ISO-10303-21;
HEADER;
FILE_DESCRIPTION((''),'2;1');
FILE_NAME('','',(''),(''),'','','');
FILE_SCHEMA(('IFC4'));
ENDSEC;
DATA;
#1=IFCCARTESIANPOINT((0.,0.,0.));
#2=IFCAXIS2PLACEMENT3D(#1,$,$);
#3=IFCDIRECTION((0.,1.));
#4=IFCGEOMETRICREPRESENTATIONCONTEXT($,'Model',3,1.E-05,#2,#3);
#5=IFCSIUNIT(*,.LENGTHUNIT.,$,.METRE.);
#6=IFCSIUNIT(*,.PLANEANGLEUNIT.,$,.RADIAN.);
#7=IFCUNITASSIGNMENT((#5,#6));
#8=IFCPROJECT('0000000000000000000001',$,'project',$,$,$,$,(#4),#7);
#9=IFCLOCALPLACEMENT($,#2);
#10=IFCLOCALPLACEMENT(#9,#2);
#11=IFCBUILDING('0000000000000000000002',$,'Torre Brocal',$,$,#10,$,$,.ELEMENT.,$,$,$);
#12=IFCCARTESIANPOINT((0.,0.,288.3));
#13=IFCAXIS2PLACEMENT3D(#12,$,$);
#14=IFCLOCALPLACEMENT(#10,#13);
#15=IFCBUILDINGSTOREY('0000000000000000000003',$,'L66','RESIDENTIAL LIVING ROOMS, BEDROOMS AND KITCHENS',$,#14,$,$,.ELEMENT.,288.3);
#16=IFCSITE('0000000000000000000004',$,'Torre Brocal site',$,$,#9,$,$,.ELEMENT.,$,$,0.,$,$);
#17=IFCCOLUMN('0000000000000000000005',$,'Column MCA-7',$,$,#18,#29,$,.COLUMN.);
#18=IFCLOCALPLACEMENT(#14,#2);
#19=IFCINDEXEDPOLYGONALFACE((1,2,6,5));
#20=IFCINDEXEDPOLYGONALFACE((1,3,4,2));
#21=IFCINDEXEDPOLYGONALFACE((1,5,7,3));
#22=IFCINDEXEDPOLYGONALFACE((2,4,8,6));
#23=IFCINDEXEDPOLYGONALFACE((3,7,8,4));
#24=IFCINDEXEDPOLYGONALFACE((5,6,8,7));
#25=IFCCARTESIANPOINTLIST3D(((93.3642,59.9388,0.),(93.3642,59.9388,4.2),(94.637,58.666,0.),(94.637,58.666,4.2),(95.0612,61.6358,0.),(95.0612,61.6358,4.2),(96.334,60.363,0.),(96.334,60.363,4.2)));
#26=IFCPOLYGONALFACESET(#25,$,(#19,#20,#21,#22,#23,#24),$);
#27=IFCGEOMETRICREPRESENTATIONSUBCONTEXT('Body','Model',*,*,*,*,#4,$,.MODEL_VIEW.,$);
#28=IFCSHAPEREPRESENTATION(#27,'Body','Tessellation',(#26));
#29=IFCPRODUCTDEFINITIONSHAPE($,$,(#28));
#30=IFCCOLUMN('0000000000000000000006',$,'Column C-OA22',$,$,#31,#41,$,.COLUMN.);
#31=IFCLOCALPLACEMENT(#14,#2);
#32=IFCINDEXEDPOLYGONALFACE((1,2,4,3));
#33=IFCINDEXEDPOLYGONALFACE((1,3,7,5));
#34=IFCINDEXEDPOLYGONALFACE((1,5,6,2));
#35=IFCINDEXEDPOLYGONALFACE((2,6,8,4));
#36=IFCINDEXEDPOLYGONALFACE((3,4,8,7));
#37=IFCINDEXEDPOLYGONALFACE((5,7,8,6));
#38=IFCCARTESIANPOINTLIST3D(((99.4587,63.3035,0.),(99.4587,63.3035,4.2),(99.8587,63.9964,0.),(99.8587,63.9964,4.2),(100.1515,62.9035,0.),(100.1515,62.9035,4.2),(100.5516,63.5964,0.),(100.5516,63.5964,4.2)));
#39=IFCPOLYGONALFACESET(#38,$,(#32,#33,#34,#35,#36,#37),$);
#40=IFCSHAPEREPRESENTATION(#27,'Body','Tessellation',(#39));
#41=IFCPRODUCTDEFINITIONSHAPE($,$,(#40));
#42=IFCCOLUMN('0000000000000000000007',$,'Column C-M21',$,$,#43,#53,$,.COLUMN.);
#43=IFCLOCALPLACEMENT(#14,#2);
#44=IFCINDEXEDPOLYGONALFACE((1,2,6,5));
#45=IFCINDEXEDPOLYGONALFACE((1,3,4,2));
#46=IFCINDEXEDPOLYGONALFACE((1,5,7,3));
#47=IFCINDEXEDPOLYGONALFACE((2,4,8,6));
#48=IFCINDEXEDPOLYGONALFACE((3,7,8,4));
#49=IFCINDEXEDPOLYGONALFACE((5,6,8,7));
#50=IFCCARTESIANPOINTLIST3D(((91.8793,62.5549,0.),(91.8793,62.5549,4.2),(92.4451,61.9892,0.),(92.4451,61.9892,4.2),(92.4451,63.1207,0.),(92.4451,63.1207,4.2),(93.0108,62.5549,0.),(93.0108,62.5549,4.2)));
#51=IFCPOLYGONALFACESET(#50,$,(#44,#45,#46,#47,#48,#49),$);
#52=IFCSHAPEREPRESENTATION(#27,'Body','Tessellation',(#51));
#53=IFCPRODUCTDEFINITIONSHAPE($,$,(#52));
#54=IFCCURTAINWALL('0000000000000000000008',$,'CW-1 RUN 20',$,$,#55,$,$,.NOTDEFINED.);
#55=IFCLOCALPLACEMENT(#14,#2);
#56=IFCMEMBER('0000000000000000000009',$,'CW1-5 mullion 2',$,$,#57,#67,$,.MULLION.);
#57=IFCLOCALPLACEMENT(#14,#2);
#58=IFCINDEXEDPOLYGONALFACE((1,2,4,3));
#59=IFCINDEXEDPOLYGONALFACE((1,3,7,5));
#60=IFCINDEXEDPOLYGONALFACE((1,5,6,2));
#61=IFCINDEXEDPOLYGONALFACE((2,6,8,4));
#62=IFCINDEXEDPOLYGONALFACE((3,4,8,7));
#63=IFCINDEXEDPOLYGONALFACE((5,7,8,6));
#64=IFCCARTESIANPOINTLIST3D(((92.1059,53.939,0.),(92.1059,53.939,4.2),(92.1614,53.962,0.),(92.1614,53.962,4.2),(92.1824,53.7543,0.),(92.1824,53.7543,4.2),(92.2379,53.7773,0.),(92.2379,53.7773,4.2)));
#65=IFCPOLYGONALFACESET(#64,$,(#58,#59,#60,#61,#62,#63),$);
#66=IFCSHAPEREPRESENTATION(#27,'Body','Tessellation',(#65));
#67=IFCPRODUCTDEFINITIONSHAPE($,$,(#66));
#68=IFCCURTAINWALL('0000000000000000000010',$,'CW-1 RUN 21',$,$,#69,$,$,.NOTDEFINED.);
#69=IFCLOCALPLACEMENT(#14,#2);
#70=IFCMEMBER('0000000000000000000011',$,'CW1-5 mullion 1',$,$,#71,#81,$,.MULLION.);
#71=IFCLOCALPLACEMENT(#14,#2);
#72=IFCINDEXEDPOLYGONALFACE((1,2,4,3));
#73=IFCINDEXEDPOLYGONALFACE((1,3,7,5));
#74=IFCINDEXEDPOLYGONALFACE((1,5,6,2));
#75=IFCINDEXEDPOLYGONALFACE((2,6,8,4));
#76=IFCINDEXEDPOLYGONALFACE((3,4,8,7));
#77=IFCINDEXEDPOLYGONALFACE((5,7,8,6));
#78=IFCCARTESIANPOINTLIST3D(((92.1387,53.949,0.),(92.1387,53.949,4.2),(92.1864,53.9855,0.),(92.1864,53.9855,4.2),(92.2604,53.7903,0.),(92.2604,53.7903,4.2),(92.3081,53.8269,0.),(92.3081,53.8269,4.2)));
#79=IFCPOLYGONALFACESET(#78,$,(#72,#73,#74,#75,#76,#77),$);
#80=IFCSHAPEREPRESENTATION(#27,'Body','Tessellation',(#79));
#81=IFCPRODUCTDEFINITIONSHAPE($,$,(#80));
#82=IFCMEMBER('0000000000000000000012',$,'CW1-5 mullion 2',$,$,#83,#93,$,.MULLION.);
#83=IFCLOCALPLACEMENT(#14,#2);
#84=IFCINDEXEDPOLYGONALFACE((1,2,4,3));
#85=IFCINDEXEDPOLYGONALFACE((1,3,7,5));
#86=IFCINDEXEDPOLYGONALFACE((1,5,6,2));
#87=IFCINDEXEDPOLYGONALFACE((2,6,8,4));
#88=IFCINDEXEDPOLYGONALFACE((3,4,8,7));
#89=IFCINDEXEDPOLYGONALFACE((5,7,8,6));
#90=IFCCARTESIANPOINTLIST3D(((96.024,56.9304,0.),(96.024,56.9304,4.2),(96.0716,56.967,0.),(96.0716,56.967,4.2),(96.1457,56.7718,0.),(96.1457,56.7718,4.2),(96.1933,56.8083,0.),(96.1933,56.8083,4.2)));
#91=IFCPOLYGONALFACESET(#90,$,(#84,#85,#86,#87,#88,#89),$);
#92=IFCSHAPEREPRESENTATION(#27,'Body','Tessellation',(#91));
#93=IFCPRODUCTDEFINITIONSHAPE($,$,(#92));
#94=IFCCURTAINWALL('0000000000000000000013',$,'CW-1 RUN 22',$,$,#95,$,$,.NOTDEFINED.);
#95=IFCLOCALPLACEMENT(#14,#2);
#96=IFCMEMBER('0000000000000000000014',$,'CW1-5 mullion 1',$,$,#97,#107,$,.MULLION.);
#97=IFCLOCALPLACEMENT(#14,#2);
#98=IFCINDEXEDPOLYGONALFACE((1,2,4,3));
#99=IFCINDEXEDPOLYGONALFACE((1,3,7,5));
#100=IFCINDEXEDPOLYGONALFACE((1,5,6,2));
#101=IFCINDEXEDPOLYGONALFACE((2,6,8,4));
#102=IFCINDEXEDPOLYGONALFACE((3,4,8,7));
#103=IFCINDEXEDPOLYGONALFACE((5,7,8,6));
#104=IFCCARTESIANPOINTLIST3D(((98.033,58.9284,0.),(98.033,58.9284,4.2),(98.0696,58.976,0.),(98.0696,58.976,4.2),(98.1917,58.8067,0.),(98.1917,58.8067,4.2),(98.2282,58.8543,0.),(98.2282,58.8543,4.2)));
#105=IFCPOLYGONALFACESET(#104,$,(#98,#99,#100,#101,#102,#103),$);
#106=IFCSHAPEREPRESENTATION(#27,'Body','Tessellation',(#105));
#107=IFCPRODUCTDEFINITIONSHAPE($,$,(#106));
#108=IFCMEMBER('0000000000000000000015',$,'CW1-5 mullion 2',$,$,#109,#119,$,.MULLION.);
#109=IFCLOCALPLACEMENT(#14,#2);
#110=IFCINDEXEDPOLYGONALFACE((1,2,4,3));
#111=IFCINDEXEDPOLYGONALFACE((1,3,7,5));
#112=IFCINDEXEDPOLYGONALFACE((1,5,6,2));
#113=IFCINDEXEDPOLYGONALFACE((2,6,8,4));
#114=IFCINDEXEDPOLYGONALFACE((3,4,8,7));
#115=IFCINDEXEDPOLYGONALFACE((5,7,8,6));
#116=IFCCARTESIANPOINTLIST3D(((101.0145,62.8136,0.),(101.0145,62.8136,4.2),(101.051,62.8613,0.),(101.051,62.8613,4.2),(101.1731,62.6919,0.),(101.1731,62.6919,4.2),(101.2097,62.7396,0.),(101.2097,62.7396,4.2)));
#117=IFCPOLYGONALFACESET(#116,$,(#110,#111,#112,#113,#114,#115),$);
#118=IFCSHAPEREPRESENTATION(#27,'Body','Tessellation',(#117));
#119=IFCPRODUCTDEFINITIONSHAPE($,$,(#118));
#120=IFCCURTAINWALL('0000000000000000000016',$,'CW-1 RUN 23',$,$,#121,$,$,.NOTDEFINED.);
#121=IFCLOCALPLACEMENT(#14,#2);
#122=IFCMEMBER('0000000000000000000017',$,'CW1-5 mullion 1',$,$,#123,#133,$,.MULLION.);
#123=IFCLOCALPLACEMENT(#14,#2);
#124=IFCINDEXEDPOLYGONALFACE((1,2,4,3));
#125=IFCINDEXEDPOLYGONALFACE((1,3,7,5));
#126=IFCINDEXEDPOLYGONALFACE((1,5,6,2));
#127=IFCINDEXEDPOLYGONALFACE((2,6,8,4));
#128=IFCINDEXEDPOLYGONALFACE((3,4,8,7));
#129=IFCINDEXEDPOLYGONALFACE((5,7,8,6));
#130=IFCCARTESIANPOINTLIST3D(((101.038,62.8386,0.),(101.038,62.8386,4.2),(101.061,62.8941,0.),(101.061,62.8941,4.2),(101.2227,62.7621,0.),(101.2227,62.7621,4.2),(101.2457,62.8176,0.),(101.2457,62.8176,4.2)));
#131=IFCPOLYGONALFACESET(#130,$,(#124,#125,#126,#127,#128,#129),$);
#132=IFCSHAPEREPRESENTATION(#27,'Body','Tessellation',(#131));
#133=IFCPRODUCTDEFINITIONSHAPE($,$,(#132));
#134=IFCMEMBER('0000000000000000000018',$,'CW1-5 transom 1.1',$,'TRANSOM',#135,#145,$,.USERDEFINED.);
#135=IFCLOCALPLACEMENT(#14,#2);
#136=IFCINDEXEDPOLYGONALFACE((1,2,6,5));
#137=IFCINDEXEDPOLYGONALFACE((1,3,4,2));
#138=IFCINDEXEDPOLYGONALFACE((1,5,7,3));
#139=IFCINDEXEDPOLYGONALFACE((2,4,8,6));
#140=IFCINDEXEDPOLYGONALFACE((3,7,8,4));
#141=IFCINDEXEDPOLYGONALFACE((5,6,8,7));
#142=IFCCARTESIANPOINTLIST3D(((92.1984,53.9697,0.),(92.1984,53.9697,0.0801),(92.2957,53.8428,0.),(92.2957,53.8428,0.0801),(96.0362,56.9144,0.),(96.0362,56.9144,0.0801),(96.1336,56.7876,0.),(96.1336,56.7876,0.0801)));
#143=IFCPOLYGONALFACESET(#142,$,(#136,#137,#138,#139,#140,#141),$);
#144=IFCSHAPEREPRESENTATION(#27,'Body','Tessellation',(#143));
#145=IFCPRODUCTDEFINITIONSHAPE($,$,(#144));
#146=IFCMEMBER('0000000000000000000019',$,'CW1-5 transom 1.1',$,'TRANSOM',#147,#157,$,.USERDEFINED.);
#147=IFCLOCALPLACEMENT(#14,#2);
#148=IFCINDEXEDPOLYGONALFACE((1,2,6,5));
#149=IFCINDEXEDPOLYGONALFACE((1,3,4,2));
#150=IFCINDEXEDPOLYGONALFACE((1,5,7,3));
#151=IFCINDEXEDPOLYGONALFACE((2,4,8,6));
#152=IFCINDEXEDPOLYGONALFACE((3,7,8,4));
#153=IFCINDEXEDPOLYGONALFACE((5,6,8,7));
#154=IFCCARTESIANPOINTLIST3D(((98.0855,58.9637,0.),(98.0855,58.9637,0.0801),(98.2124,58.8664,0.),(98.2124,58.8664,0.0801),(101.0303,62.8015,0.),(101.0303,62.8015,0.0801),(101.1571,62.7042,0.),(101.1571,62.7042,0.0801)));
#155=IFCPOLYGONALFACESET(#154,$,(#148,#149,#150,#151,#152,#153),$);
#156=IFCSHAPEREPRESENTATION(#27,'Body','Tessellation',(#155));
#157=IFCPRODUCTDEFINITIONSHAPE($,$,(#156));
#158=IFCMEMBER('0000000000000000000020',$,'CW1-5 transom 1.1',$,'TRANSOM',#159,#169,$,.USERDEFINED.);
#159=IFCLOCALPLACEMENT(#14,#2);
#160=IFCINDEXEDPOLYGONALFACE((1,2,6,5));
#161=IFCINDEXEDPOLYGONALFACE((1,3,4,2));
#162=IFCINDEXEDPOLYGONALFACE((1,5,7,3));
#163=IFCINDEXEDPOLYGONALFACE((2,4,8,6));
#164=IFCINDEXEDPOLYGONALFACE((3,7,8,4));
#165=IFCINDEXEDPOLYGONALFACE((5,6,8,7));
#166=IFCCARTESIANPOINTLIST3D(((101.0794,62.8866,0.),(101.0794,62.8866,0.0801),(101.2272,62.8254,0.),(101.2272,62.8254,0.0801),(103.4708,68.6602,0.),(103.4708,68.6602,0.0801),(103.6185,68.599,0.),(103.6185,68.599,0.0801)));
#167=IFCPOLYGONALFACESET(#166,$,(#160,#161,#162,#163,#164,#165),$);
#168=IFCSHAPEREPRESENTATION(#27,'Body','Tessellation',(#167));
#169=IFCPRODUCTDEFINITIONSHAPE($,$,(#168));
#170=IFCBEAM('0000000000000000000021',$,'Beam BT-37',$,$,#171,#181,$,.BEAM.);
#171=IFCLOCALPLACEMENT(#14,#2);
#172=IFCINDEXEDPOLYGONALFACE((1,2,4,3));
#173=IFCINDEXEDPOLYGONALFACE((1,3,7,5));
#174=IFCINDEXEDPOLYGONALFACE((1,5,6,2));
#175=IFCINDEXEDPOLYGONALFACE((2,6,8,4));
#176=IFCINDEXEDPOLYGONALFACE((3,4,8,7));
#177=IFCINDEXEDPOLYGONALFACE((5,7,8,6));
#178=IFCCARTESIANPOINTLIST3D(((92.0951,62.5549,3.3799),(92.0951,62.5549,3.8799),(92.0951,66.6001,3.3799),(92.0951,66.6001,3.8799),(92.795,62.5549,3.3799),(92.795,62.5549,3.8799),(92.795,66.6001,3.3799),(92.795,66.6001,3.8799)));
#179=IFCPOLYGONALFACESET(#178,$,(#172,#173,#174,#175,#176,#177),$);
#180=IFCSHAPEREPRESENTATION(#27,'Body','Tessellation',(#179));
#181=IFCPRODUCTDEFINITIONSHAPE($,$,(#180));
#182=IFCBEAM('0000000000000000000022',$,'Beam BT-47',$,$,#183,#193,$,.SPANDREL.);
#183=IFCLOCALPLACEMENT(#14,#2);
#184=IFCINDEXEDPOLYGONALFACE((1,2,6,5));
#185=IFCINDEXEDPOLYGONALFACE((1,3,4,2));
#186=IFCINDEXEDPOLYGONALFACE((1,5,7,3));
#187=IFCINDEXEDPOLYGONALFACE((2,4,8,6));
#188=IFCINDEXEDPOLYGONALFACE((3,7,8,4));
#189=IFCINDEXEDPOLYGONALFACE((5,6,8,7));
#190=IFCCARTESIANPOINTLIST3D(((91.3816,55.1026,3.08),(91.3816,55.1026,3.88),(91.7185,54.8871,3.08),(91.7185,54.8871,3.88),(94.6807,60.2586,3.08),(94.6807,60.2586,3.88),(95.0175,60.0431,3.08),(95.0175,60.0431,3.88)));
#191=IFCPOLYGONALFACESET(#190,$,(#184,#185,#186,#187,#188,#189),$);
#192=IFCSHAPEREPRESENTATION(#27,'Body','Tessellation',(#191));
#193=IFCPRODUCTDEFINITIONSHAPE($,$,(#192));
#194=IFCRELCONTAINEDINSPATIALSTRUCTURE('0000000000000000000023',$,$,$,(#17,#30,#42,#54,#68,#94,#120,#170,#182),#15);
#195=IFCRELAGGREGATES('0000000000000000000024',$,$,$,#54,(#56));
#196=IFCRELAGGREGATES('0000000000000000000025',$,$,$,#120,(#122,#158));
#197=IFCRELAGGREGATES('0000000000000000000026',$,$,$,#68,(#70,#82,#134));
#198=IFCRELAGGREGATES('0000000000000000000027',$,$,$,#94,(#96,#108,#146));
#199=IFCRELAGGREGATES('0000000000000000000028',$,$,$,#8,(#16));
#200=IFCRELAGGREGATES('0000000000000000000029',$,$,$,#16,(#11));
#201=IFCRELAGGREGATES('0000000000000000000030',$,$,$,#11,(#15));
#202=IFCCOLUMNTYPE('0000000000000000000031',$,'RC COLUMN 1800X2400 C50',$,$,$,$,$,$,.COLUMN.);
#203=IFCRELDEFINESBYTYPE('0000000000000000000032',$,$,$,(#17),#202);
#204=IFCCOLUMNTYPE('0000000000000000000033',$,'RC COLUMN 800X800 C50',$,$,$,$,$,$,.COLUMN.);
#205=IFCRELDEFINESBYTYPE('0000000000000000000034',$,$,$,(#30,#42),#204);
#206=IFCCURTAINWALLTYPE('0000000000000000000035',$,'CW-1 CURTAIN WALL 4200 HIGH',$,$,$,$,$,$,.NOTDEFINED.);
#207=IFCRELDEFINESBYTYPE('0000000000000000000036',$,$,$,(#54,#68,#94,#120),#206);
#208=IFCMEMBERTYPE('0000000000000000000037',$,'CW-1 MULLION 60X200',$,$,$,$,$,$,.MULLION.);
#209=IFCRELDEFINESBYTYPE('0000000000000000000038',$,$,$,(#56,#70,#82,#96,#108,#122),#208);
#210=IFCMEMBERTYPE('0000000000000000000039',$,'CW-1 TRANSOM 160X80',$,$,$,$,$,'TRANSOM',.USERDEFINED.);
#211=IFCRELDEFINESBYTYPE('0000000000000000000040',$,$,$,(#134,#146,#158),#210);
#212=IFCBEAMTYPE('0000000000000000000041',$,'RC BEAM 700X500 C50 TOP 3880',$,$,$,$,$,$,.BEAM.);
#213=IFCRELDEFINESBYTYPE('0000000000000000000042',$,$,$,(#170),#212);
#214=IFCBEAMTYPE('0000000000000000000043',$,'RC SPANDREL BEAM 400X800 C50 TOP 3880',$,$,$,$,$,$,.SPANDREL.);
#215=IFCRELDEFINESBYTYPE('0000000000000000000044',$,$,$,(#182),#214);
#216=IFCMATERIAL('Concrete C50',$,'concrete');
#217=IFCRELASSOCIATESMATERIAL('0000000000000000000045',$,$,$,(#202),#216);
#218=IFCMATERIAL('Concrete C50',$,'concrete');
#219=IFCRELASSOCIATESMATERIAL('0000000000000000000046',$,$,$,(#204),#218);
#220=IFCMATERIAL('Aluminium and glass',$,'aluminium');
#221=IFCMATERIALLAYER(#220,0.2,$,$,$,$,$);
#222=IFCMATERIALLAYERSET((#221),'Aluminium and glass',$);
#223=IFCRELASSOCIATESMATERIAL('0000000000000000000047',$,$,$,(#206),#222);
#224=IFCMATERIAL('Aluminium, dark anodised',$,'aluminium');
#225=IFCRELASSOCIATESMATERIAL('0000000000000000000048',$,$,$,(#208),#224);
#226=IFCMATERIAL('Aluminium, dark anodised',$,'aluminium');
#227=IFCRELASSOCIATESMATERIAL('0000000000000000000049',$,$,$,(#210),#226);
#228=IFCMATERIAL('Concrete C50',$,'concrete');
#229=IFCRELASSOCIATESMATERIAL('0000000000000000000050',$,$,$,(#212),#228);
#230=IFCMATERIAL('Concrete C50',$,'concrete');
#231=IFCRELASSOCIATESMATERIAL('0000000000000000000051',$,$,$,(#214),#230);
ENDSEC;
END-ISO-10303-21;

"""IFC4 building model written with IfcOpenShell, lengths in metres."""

from ifc_helpers import new_model, si_unit, direction, frame, origin, origin_2d, place, context, subcontext, project, spatial, rectangle, extrude, material, layer, layer_set, material_profile, profile_set, type_object, element, aggregate, save


model = new_model("IFC4")

# Units and contexts
model_context = context("Model", 3, precision=1e-05, world=origin(), true_north=direction((0.0, 1.0)))
body_context = subcontext(model_context, "Body", "Model", "MODEL_VIEW")
ifc_project = project(units=[si_unit("LENGTHUNIT", "METRE"), si_unit("PLANEANGLEUNIT", "RADIAN")], contexts=[model_context])

# Site, building, storey
site_placement = place(None, origin())
site = spatial("IfcSite", under=ifc_project, at=site_placement, Name="Torre Brocal site", CompositionType="ELEMENT", RefElevation=0.0)
building_placement = place(site_placement, origin())
building = spatial("IfcBuilding", under=site, at=building_placement, Name="Torre Brocal", CompositionType="ELEMENT")
storey_placement = place(building_placement, frame((0.0, 0.0, 288.3)))
storey = spatial("IfcBuildingStorey", under=building, at=storey_placement, Name="L66", Description="RESIDENTIAL LIVING ROOMS, BEDROOMS AND KITCHENS", CompositionType="ELEMENT", Elevation=288.3)

# Columns
ifc_material_1 = material(Name="Concrete C50", Category="concrete")
ifc_material_profile_1 = material_profile(ifc_material_1, rectangle(XDim=1.8, YDim=2.3999, at=origin_2d()), Name="RC 1800X2400")
ifc_profile_set_1 = profile_set([ifc_material_profile_1], Name="Concrete C50")
column_type_1 = type_object("IfcColumnType", Name="RC COLUMN 1800X2400 C50", PredefinedType="COLUMN", material=ifc_profile_set_1)
column_placement = place(storey_placement, frame((94.8491, 60.1509, 0.0), z_axis=(0.0, 0.0, 1.0), x_axis=(0.707107, -0.707107, 0.0)))
element("IfcColumn", 1, at=column_placement, inside=storey, type_object=column_type_1, Name="Column MCA-7", PredefinedType="COLUMN", context=body_context, shape_type="SweptSolid", body=[
    extrude(rectangle(XDim=1.8, YDim=2.3999, at=origin_2d()), origin(), (0.0, 0.0, 1.0), 4.2),
])
ifc_material_2 = material(Name="Concrete C50", Category="concrete")
ifc_material_profile_2 = material_profile(ifc_material_2, rectangle(XDim=0.8, YDim=0.8, at=origin_2d()), Name="RC 800X800")
ifc_profile_set_2 = profile_set([ifc_material_profile_2], Name="Concrete C50")
column_type_2 = type_object("IfcColumnType", Name="RC COLUMN 800X800 C50", PredefinedType="COLUMN", material=ifc_profile_set_2)
for number, where, z_axis, x_axis, name in (
    (2, (100.0051, 63.45, 0.0), (0.0, 0.0, 1.0), (0.866025, -0.5, 0.0), "Column C-OA22"),
    (3, (92.4451, 62.5549, 0.0), (0.0, 0.0, 1.0), (0.707107, -0.707107, 0.0), "Column C-M21"),
):
    element("IfcColumn", number, at=place(storey_placement, frame(where, z_axis=z_axis, x_axis=x_axis)), inside=storey, type_object=column_type_2, Name=name, PredefinedType="COLUMN", context=body_context, shape_type="SweptSolid", body=[
        extrude(rectangle(XDim=0.8, YDim=0.8, at=origin_2d()), origin(), (0.0, 0.0, 1.0), 4.2),
    ])

# Curtain wall, member
ifc_material_3 = material(Name="Aluminium and glass", Category="aluminium")
ifc_layer_1 = layer(ifc_material_3, 0.2)
ifc_layer_set_1 = layer_set([ifc_layer_1], Name="Aluminium and glass")
curtain_wall_type = type_object("IfcCurtainWallType", Name="CW-1 CURTAIN WALL 4200 HIGH", PredefinedType="NOTDEFINED", material=ifc_layer_set_1)
curtain_wall_1_placement = place(storey_placement, origin())
curtain_wall_1 = element("IfcCurtainWall", 4, at=curtain_wall_1_placement, inside=storey, type_object=curtain_wall_type, Name="CW-1 RUN 20", PredefinedType="NOTDEFINED")
ifc_material_4 = material(Name="Aluminium, dark anodised", Category="aluminium")
ifc_material_profile_3 = material_profile(ifc_material_4, rectangle(XDim=0.2, YDim=0.0601, at=origin_2d()), Name="CW-1 MULLION 60X200")
ifc_profile_set_3 = profile_set([ifc_material_profile_3], Name="Aluminium, dark anodised")
member_type_1 = type_object("IfcMemberType", Name="CW-1 MULLION 60X200", PredefinedType="MULLION", material=ifc_profile_set_3)
member_1_placement = place(storey_placement, frame((92.1719, 53.8582, 0.0), z_axis=(0.0, 0.0, 1.0), x_axis=(-0.382683, 0.92388, 0.0)))
member_1 = element("IfcMember", 5, at=member_1_placement, type_object=member_type_1, Name="CW1-5 mullion 2", PredefinedType="MULLION", context=body_context, shape_type="SweptSolid", body=[
    extrude(rectangle(XDim=0.2, YDim=0.0601, at=origin_2d()), origin(), (0.0, 0.0, 1.0), 4.2),
])
aggregate(curtain_wall_1, [member_1])

# Curtain walls, members
curtain_wall_2_placement = place(storey_placement, origin())
curtain_wall_2 = element("IfcCurtainWall", 6, at=curtain_wall_2_placement, inside=storey, type_object=curtain_wall_type, Name="CW-1 RUN 21", PredefinedType="NOTDEFINED")
member_2_placement = place(storey_placement, frame((92.2234, 53.8879, 0.0), z_axis=(0.0, 0.0, 1.0), x_axis=(-0.608761, 0.793353, 0.0)))
member_2 = element("IfcMember", 7, at=member_2_placement, type_object=member_type_1, Name="CW1-5 mullion 1", PredefinedType="MULLION", context=body_context, shape_type="SweptSolid", body=[
    extrude(rectangle(XDim=0.2, YDim=0.0601, at=origin_2d()), origin(), (0.0, 0.0, 1.0), 4.2),
])
member_3_placement = place(storey_placement, frame((96.1086, 56.8694, 0.0), z_axis=(0.0, 0.0, 1.0), x_axis=(-0.608761, 0.793353, 0.0)))
member_3 = element("IfcMember", 8, at=member_3_placement, type_object=member_type_1, Name="CW1-5 mullion 2", PredefinedType="MULLION", context=body_context, shape_type="SweptSolid", body=[
    extrude(rectangle(XDim=0.2, YDim=0.0601, at=origin_2d()), origin(), (0.0, 0.0, 1.0), 4.2),
])
curtain_wall_3_placement = place(storey_placement, origin())
curtain_wall_3 = element("IfcCurtainWall", 9, at=curtain_wall_3_placement, inside=storey, type_object=curtain_wall_type, Name="CW-1 RUN 22", PredefinedType="NOTDEFINED")
member_4_placement = place(storey_placement, frame((98.1306, 58.8914, 0.0), z_axis=(0.0, 0.0, 1.0), x_axis=(-0.793353, 0.608761, 0.0)))
member_4 = element("IfcMember", 10, at=member_4_placement, type_object=member_type_1, Name="CW1-5 mullion 1", PredefinedType="MULLION", context=body_context, shape_type="SweptSolid", body=[
    extrude(rectangle(XDim=0.2, YDim=0.0601, at=origin_2d()), origin(), (0.0, 0.0, 1.0), 4.2),
])
member_5_placement = place(storey_placement, frame((101.1121, 62.7766, 0.0), z_axis=(0.0, 0.0, 1.0), x_axis=(-0.793353, 0.608761, 0.0)))
member_5 = element("IfcMember", 11, at=member_5_placement, type_object=member_type_1, Name="CW1-5 mullion 2", PredefinedType="MULLION", context=body_context, shape_type="SweptSolid", body=[
    extrude(rectangle(XDim=0.2, YDim=0.0601, at=origin_2d()), origin(), (0.0, 0.0, 1.0), 4.2),
])

# Curtain wall, member
curtain_wall_4_placement = place(storey_placement, origin())
curtain_wall_4 = element("IfcCurtainWall", 12, at=curtain_wall_4_placement, inside=storey, type_object=curtain_wall_type, Name="CW-1 RUN 23", PredefinedType="NOTDEFINED")
member_6_placement = place(storey_placement, frame((101.1418, 62.8281, 0.0), z_axis=(0.0, 0.0, 1.0), x_axis=(-0.92388, 0.382683, 0.0)))
member_6 = element("IfcMember", 13, at=member_6_placement, type_object=member_type_1, Name="CW1-5 mullion 1", PredefinedType="MULLION", context=body_context, shape_type="SweptSolid", body=[
    extrude(rectangle(XDim=0.2, YDim=0.0601, at=origin_2d()), origin(), (0.0, 0.0, 1.0), 4.2),
])

# Members
ifc_material_5 = material(Name="Aluminium, dark anodised", Category="aluminium")
ifc_material_profile_4 = material_profile(ifc_material_5, rectangle(XDim=0.1599, YDim=0.0801, at=origin_2d()), Name="CW-1 TRANSOM 160X80")
ifc_profile_set_4 = profile_set([ifc_material_profile_4], Name="Aluminium, dark anodised")
member_type_2 = type_object("IfcMemberType", Name="CW-1 TRANSOM 160X80", ElementType="TRANSOM", PredefinedType="USERDEFINED", material=ifc_profile_set_4)
member_7_placement = place(storey_placement, frame((92.2471, 53.9062, 0.04), z_axis=(0.793363, 0.608749, 0.0), x_axis=(-0.608749, 0.793363, 0.0)))
member_7 = element("IfcMember", 14, at=member_7_placement, type_object=member_type_2, Name="CW1-5 transom 1.1", ObjectType="TRANSOM", PredefinedType="USERDEFINED", context=body_context, shape_type="SweptSolid", body=[
    extrude(rectangle(XDim=0.1599, YDim=0.0801, at=origin_2d()), origin(), (0.0, 0.0, 1.0), 4.8374),
])
member_8_placement = place(storey_placement, frame((98.1489, 58.915, 0.04), z_axis=(0.608749, 0.793363, 0.0), x_axis=(-0.793363, 0.608749, 0.0)))
member_8 = element("IfcMember", 15, at=member_8_placement, type_object=member_type_2, Name="CW1-5 transom 1.1", ObjectType="TRANSOM", PredefinedType="USERDEFINED", context=body_context, shape_type="SweptSolid", body=[
    extrude(rectangle(XDim=0.1599, YDim=0.0801, at=origin_2d()), origin(), (0.0, 0.0, 1.0), 4.8374),
])
member_9_placement = place(storey_placement, frame((101.1533, 62.856, 0.04), z_axis=(0.382659, 0.92389, 0.0), x_axis=(-0.92389, 0.382659, 0.0)))
member_9 = element("IfcMember", 16, at=member_9_placement, type_object=member_type_2, Name="CW1-5 transom 1.1", ObjectType="TRANSOM", PredefinedType="USERDEFINED", context=body_context, shape_type="SweptSolid", body=[
    extrude(rectangle(XDim=0.1599, YDim=0.0801, at=origin_2d()), origin(), (0.0, 0.0, 1.0), 6.2493),
])
aggregate(curtain_wall_4, [member_6, member_9])

# Beams
ifc_material_6 = material(Name="Concrete C50", Category="concrete")
ifc_material_profile_5 = material_profile(ifc_material_6, rectangle(XDim=0.7, YDim=0.5, at=origin_2d()), Name="RC 700X500")
ifc_profile_set_5 = profile_set([ifc_material_profile_5], Name="Concrete C50")
beam_type_1 = type_object("IfcBeamType", Name="RC BEAM 700X500 C50 TOP 3880", PredefinedType="BEAM", material=ifc_profile_set_5)
beam_1_placement = place(storey_placement, frame((92.4451, 62.5549, 3.6299), z_axis=(0.0, 1.0, 0.0), x_axis=(-1.0, 0.0, 0.0)))
element("IfcBeam", 17, at=beam_1_placement, inside=storey, type_object=beam_type_1, Name="Beam BT-37", PredefinedType="BEAM", context=body_context, shape_type="SweptSolid", body=[
    extrude(rectangle(XDim=0.7, YDim=0.5, at=origin_2d()), origin(), (0.0, 0.0, 1.0), 4.0452),
])
ifc_material_7 = material(Name="Concrete C50", Category="concrete")
ifc_material_profile_6 = material_profile(ifc_material_7, rectangle(XDim=0.3999, YDim=0.8, at=origin_2d()), Name="RC 400X800")
ifc_profile_set_6 = profile_set([ifc_material_profile_6], Name="Concrete C50")
beam_type_2 = type_object("IfcBeamType", Name="RC SPANDREL BEAM 400X800 C50 TOP 3880", PredefinedType="SPANDREL", material=ifc_profile_set_6)
for number, where, z_axis, x_axis, name in (
    (18, (91.55, 54.9949, 3.48), (0.538964, 0.842329, 0.0), (-0.842329, 0.538964, 0.0), "Beam BT-47"),
):
    element("IfcBeam", number, at=place(storey_placement, frame(where, z_axis=z_axis, x_axis=x_axis)), inside=storey, type_object=beam_type_2, Name=name, PredefinedType="SPANDREL", context=body_context, shape_type="SweptSolid", body=[
        extrude(rectangle(XDim=0.3999, YDim=0.8, at=origin_2d()), origin(), (0.0, 0.0, 1.0), 6.1211),
    ])

aggregate(curtain_wall_2, [member_2, member_3, member_7])
aggregate(curtain_wall_3, [member_4, member_5, member_8])

save(model, "model.ifc")
